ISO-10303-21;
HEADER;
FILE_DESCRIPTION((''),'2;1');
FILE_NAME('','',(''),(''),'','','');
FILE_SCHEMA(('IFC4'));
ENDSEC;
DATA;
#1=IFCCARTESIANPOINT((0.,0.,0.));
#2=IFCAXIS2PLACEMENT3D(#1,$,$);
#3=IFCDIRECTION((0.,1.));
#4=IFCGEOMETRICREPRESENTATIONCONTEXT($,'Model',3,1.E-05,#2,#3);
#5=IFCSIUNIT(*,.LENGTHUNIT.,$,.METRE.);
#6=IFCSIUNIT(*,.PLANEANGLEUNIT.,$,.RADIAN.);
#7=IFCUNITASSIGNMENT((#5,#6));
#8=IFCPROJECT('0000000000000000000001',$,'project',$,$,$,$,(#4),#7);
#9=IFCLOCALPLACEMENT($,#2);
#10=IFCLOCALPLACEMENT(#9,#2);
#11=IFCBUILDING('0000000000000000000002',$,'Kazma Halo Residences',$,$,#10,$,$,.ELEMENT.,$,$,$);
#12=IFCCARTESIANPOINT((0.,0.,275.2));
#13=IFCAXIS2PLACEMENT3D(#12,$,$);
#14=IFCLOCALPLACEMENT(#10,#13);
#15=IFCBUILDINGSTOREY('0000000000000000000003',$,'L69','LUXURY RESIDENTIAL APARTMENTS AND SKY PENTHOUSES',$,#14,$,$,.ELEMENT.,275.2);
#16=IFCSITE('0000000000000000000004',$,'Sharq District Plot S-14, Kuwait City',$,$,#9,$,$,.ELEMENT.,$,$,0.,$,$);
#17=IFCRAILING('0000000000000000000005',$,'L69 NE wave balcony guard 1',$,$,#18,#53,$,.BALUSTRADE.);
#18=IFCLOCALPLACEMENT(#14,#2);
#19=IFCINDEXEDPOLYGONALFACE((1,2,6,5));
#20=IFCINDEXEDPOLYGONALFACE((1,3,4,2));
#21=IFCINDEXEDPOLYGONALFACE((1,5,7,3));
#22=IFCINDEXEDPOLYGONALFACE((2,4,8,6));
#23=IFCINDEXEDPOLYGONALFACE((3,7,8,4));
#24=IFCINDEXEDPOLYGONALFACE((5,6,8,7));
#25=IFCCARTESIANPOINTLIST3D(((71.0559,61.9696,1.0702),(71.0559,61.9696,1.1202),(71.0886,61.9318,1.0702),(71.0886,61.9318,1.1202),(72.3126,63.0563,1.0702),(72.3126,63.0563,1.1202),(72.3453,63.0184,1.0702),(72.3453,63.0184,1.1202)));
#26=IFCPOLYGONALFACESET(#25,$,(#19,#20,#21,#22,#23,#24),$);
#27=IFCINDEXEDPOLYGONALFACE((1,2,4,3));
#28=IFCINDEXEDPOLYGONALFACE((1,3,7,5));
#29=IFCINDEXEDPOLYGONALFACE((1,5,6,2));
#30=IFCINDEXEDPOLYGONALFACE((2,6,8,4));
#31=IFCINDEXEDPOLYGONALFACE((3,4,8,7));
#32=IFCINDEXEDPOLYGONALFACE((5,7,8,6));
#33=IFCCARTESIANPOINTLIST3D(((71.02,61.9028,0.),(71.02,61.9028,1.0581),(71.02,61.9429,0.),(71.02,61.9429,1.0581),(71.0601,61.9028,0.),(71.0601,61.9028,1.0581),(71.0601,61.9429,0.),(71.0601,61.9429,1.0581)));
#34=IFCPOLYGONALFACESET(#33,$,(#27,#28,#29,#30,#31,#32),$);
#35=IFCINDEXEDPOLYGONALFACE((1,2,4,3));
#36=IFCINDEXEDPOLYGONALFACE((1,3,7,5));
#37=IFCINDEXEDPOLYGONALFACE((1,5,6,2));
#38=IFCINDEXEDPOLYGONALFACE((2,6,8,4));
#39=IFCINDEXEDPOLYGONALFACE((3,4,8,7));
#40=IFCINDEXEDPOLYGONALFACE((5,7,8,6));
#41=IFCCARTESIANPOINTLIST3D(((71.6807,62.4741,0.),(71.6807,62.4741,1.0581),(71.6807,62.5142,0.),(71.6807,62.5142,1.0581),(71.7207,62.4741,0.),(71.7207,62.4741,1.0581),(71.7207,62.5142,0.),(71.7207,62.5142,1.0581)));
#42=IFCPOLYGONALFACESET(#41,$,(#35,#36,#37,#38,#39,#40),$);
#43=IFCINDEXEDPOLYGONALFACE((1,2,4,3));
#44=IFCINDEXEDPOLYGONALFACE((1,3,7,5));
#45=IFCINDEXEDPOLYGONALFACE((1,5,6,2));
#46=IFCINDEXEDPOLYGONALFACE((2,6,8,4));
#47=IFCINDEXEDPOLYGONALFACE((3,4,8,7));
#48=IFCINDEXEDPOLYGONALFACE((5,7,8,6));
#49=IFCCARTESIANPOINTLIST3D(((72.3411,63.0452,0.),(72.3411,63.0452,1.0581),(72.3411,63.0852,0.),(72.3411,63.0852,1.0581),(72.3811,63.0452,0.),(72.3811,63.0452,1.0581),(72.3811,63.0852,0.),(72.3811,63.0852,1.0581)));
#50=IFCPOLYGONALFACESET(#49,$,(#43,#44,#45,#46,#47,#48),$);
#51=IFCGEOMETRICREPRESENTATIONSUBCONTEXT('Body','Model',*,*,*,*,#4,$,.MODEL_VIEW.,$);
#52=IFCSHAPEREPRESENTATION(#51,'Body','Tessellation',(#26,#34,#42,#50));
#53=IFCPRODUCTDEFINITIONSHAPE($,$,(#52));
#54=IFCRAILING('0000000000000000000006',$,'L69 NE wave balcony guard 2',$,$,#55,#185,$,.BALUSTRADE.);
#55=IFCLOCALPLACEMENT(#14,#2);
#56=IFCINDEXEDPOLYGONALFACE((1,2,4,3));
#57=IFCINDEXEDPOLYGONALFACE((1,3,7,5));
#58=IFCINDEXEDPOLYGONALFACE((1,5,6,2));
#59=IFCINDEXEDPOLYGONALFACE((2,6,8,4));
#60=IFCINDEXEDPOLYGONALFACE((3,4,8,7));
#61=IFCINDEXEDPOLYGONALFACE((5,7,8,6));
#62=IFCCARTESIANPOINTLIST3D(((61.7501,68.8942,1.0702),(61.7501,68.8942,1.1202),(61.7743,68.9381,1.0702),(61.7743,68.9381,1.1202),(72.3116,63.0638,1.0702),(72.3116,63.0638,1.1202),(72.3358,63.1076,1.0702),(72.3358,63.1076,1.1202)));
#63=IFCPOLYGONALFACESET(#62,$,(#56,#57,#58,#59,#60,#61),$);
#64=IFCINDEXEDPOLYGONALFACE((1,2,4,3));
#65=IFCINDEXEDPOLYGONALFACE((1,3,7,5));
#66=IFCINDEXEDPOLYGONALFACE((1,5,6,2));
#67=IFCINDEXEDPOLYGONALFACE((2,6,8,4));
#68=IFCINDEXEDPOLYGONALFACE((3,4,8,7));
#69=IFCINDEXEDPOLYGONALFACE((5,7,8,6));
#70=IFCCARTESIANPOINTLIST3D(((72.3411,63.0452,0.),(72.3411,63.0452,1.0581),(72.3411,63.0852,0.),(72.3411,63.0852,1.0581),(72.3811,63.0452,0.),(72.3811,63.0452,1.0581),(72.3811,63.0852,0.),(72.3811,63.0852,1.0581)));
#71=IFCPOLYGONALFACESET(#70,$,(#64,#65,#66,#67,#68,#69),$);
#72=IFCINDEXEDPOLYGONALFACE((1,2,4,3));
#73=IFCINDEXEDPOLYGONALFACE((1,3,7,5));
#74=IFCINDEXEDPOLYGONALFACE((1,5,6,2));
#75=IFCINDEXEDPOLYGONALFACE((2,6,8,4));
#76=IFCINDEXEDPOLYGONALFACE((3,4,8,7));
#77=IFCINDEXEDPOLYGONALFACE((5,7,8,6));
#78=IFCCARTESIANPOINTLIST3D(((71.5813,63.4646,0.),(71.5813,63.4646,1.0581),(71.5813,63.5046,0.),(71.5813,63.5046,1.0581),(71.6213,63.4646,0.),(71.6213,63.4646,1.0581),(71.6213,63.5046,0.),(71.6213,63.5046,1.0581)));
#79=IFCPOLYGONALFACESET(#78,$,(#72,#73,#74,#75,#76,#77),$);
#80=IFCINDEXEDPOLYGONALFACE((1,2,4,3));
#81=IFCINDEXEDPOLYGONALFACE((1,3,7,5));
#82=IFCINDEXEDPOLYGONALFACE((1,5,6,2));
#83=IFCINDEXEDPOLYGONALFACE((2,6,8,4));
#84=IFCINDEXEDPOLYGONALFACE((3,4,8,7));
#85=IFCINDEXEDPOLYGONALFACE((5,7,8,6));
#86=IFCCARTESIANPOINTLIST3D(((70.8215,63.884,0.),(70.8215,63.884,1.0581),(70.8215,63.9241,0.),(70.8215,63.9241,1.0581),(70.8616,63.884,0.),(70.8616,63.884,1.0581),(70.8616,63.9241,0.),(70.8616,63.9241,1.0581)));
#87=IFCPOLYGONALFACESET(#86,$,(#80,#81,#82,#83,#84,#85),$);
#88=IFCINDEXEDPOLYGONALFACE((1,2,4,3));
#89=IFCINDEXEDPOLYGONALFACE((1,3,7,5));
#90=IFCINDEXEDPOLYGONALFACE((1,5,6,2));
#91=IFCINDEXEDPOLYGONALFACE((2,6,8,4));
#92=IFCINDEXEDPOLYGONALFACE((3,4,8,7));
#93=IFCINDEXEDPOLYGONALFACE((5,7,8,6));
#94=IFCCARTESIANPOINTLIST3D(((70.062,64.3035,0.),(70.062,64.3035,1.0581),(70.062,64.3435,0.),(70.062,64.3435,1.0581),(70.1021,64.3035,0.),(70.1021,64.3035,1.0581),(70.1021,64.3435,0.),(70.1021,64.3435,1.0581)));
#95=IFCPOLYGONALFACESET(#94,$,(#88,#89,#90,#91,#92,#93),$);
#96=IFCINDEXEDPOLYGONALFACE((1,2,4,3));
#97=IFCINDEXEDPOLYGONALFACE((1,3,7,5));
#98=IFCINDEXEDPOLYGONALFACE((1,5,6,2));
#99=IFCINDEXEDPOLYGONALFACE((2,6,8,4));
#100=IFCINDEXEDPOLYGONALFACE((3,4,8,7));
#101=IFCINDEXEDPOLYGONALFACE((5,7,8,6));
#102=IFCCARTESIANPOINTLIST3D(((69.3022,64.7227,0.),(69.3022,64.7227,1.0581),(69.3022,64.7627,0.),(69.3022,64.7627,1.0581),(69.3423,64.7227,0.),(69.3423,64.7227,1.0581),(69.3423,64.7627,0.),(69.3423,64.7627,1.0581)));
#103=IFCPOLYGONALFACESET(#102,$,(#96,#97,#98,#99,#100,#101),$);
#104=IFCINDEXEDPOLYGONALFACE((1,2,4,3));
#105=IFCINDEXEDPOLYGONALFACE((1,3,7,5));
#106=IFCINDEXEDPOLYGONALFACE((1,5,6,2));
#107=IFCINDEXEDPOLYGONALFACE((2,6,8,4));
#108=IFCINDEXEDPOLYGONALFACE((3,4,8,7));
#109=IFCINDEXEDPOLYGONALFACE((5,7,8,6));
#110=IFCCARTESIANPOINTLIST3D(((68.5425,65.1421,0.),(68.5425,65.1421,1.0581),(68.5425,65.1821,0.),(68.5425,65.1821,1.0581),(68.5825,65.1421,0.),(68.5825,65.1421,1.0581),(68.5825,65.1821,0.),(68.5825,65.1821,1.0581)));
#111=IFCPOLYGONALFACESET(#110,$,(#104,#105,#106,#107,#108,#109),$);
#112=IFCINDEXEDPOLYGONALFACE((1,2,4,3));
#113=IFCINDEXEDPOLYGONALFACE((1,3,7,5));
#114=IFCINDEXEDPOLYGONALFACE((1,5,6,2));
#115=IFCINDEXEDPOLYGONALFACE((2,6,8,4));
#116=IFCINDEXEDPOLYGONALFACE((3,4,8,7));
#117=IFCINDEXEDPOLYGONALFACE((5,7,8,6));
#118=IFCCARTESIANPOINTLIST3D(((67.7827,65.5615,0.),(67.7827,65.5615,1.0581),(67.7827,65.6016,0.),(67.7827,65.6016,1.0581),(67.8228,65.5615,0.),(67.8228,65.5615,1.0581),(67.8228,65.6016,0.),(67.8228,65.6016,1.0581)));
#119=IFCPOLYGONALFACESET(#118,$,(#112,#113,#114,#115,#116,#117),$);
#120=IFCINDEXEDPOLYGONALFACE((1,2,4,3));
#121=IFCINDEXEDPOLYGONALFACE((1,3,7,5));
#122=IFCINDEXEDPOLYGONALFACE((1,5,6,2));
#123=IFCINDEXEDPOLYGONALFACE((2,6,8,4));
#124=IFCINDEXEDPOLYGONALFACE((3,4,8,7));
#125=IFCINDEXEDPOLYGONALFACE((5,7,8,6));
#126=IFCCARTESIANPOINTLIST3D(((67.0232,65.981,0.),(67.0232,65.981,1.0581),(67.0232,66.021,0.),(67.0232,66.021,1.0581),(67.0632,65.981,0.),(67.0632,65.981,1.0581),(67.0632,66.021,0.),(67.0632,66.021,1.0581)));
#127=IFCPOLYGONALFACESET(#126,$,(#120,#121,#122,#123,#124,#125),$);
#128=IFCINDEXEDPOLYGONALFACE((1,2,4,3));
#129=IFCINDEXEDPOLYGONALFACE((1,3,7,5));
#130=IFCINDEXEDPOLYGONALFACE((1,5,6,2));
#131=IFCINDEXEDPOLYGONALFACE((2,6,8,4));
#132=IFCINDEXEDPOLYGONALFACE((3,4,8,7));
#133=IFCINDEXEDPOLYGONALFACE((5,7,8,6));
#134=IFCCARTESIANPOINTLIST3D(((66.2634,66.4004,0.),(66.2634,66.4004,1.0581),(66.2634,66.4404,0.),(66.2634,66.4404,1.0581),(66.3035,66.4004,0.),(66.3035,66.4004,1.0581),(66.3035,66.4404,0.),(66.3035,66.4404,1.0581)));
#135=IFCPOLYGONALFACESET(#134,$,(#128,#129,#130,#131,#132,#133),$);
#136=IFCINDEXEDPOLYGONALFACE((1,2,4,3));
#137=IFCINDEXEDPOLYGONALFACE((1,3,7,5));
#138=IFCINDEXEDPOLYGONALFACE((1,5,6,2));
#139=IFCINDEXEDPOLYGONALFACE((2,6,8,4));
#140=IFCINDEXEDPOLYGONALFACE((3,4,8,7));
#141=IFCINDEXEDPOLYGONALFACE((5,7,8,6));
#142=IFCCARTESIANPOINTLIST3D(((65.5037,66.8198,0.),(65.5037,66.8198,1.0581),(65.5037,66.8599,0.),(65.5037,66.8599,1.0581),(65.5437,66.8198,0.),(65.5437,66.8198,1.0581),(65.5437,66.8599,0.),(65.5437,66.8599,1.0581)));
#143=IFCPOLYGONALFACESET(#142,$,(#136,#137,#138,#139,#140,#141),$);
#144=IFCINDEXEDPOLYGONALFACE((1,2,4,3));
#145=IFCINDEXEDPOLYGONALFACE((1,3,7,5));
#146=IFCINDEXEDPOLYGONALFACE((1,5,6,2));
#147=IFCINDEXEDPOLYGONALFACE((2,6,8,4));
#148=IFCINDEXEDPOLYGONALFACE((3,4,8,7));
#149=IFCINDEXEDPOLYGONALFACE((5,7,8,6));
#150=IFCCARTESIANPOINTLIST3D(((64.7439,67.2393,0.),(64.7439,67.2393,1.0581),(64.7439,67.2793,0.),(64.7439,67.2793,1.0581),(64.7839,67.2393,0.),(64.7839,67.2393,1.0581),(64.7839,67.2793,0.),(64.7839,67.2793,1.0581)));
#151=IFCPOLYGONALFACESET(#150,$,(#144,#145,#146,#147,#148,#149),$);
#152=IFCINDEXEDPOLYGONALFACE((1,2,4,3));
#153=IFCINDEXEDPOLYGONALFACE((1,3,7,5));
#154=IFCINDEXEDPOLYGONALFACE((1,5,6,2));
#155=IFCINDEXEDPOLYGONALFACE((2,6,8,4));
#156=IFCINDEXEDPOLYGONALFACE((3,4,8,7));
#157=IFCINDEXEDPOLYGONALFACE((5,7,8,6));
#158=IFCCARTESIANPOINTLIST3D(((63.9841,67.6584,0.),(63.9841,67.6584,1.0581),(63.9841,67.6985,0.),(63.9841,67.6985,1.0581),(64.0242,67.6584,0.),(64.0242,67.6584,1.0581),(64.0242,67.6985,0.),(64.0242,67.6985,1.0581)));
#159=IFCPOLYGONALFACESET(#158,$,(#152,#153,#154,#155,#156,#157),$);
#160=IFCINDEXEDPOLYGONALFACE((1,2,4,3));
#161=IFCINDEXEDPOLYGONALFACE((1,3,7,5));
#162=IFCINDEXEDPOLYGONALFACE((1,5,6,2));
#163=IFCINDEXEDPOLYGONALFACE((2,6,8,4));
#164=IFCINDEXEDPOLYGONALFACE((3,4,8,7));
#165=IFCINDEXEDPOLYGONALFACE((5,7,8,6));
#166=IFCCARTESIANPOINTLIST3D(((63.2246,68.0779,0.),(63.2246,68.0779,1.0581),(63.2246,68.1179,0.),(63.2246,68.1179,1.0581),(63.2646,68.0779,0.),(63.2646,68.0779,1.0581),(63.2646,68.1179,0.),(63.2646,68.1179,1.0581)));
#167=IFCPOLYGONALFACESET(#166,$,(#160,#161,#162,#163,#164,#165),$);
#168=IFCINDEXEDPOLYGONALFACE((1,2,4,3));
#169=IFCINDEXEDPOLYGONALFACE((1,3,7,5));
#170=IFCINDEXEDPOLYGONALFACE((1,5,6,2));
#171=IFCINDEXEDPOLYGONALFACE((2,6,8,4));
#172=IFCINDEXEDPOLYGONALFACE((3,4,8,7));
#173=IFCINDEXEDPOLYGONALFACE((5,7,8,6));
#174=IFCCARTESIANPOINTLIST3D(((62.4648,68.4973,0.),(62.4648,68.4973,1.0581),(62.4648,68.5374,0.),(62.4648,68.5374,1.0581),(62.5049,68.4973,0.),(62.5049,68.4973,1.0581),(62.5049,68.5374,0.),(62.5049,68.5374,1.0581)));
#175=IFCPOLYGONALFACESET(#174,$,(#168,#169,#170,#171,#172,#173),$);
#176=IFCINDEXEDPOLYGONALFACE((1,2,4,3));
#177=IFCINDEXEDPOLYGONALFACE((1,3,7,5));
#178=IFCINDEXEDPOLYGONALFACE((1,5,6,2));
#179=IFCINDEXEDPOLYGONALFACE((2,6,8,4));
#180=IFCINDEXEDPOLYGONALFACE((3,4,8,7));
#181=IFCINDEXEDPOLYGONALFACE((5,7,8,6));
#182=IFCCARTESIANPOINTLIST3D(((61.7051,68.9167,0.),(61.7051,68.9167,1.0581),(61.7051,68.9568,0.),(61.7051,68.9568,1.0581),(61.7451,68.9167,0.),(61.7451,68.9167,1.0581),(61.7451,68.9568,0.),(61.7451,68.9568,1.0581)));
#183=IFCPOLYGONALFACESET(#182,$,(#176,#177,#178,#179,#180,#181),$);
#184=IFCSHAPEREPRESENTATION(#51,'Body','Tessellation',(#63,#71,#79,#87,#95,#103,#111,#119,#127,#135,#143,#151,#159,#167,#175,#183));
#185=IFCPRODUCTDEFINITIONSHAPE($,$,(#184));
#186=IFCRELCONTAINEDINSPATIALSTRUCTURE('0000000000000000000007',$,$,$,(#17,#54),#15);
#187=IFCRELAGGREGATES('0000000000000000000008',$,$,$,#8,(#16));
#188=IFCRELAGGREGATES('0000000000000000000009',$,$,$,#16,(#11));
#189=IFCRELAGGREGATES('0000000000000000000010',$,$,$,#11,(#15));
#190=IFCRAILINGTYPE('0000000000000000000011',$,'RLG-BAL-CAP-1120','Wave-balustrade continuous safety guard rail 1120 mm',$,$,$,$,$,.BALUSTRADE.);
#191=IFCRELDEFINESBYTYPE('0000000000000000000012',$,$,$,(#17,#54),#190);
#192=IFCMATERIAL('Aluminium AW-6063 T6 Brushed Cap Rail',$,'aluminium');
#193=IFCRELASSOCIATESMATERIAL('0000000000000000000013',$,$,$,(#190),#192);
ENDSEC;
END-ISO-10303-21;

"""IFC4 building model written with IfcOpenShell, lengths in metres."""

from ifc_helpers import new_model, si_unit, direction, frame, origin, origin_2d, place, context, subcontext, project, spatial, rectangle, extrude, material, type_object, element, save


model = new_model("IFC4")

# Units and contexts
model_context = context("Model", 3, precision=1e-05, world=origin(), true_north=direction((0.0, 1.0)))
body_context = subcontext(model_context, "Body", "Model", "MODEL_VIEW")
ifc_project = project(units=[si_unit("LENGTHUNIT", "METRE"), si_unit("PLANEANGLEUNIT", "RADIAN")], contexts=[model_context])

# Site, building, storey
site_placement = place(None, origin())
site = spatial("IfcSite", under=ifc_project, at=site_placement, Name="Sharq District Plot S-14, Kuwait City", CompositionType="ELEMENT", RefElevation=0.0)
building_placement = place(site_placement, origin())
building = spatial("IfcBuilding", under=site, at=building_placement, Name="Kazma Halo Residences", CompositionType="ELEMENT")
storey_placement = place(building_placement, frame((0.0, 0.0, 275.2)))
storey = spatial("IfcBuildingStorey", under=building, at=storey_placement, Name="L69", Description="LUXURY RESIDENTIAL APARTMENTS AND SKY PENTHOUSES", CompositionType="ELEMENT", Elevation=275.2)

# Railings
ifc_material_1 = material(Name="Aluminium AW-6063 T6 Brushed Cap Rail", Category="aluminium")
railing_type = type_object("IfcRailingType", Name="RLG-BAL-CAP-1120", Description="Wave-balustrade continuous safety guard rail 1120 mm", PredefinedType="BALUSTRADE", material=ifc_material_1)
railing_1_placement = place(storey_placement, frame((71.04, 61.9229, 0.0)))
element("IfcRailing", 1, at=railing_1_placement, inside=storey, type_object=railing_type, Name="L69 NE wave balcony guard 1", PredefinedType="BALUSTRADE", context=body_context, shape_type="SweptSolid", body=[
    extrude(rectangle(XDim=0.05, YDim=0.05, at=origin_2d()), frame((0.0322, 0.0278, 1.0952), z_axis=(0.756417, 0.654089, 0.0), x_axis=(-0.654089, 0.756417, 0.0)), (0.0, 0.0, 1.0), 1.6614),
    extrude(rectangle(XDim=0.04, YDim=0.04, at=origin_2d()), origin(), (0.0, 0.0, 1.0), 1.0581),
    extrude(rectangle(XDim=0.04, YDim=0.04, at=origin_2d()), frame((0.6606, 0.5713, 0.0)), (0.0, 0.0, 1.0), 1.0581),
    extrude(rectangle(XDim=0.04, YDim=0.04, at=origin_2d()), frame((1.321, 1.1423, 0.0)), (0.0, 0.0, 1.0), 1.0581),
])
railing_2_placement = place(storey_placement, frame((72.3611, 63.0652, 0.0)))
element("IfcRailing", 2, at=railing_2_placement, inside=storey, type_object=railing_type, Name="L69 NE wave balcony guard 2", PredefinedType="BALUSTRADE", context=body_context, shape_type="SweptSolid", body=[
    extrude(rectangle(XDim=0.05, YDim=0.05, at=origin_2d()), frame((-0.0374, 0.0205, 1.0952), z_axis=(-0.875457, 0.483295, 0.0), x_axis=(-0.483295, -0.875457, 0.0)), (0.0, 0.0, 1.0), 12.064),
    extrude(rectangle(XDim=0.04, YDim=0.04, at=origin_2d()), origin(), (0.0, 0.0, 1.0), 1.0581),
    extrude(rectangle(XDim=0.04, YDim=0.04, at=origin_2d()), frame((-0.7598, 0.4194, 0.0)), (0.0, 0.0, 1.0), 1.0581),
    extrude(rectangle(XDim=0.04, YDim=0.04, at=origin_2d()), frame((-1.5195, 0.8389, 0.0)), (0.0, 0.0, 1.0), 1.0581),
    extrude(rectangle(XDim=0.04, YDim=0.04, at=origin_2d()), frame((-2.2791, 1.2583, 0.0)), (0.0, 0.0, 1.0), 1.0581),
    extrude(rectangle(XDim=0.04, YDim=0.04, at=origin_2d()), frame((-3.0388, 1.6775, 0.0)), (0.0, 0.0, 1.0), 1.0581),
    extrude(rectangle(XDim=0.04, YDim=0.04, at=origin_2d()), frame((-3.7986, 2.0969, 0.0)), (0.0, 0.0, 1.0), 1.0581),
    extrude(rectangle(XDim=0.04, YDim=0.04, at=origin_2d()), frame((-4.5583, 2.5164, 0.0)), (0.0, 0.0, 1.0), 1.0581),
    extrude(rectangle(XDim=0.04, YDim=0.04, at=origin_2d()), frame((-5.3179, 2.9358, 0.0)), (0.0, 0.0, 1.0), 1.0581),
    extrude(rectangle(XDim=0.04, YDim=0.04, at=origin_2d()), frame((-6.0776, 3.3552, 0.0)), (0.0, 0.0, 1.0), 1.0581),
    extrude(rectangle(XDim=0.04, YDim=0.04, at=origin_2d()), frame((-6.8374, 3.7747, 0.0)), (0.0, 0.0, 1.0), 1.0581),
    extrude(rectangle(XDim=0.04, YDim=0.04, at=origin_2d()), frame((-7.5972, 4.1941, 0.0)), (0.0, 0.0, 1.0), 1.0581),
    extrude(rectangle(XDim=0.04, YDim=0.04, at=origin_2d()), frame((-8.3569, 4.6133, 0.0)), (0.0, 0.0, 1.0), 1.0581),
    extrude(rectangle(XDim=0.04, YDim=0.04, at=origin_2d()), frame((-9.1165, 5.0327, 0.0)), (0.0, 0.0, 1.0), 1.0581),
    extrude(rectangle(XDim=0.04, YDim=0.04, at=origin_2d()), frame((-9.8762, 5.4521, 0.0)), (0.0, 0.0, 1.0), 1.0581),
    extrude(rectangle(XDim=0.04, YDim=0.04, at=origin_2d()), frame((-10.636, 5.8716, 0.0)), (0.0, 0.0, 1.0), 1.0581),
])

save(model, "model.ifc")
